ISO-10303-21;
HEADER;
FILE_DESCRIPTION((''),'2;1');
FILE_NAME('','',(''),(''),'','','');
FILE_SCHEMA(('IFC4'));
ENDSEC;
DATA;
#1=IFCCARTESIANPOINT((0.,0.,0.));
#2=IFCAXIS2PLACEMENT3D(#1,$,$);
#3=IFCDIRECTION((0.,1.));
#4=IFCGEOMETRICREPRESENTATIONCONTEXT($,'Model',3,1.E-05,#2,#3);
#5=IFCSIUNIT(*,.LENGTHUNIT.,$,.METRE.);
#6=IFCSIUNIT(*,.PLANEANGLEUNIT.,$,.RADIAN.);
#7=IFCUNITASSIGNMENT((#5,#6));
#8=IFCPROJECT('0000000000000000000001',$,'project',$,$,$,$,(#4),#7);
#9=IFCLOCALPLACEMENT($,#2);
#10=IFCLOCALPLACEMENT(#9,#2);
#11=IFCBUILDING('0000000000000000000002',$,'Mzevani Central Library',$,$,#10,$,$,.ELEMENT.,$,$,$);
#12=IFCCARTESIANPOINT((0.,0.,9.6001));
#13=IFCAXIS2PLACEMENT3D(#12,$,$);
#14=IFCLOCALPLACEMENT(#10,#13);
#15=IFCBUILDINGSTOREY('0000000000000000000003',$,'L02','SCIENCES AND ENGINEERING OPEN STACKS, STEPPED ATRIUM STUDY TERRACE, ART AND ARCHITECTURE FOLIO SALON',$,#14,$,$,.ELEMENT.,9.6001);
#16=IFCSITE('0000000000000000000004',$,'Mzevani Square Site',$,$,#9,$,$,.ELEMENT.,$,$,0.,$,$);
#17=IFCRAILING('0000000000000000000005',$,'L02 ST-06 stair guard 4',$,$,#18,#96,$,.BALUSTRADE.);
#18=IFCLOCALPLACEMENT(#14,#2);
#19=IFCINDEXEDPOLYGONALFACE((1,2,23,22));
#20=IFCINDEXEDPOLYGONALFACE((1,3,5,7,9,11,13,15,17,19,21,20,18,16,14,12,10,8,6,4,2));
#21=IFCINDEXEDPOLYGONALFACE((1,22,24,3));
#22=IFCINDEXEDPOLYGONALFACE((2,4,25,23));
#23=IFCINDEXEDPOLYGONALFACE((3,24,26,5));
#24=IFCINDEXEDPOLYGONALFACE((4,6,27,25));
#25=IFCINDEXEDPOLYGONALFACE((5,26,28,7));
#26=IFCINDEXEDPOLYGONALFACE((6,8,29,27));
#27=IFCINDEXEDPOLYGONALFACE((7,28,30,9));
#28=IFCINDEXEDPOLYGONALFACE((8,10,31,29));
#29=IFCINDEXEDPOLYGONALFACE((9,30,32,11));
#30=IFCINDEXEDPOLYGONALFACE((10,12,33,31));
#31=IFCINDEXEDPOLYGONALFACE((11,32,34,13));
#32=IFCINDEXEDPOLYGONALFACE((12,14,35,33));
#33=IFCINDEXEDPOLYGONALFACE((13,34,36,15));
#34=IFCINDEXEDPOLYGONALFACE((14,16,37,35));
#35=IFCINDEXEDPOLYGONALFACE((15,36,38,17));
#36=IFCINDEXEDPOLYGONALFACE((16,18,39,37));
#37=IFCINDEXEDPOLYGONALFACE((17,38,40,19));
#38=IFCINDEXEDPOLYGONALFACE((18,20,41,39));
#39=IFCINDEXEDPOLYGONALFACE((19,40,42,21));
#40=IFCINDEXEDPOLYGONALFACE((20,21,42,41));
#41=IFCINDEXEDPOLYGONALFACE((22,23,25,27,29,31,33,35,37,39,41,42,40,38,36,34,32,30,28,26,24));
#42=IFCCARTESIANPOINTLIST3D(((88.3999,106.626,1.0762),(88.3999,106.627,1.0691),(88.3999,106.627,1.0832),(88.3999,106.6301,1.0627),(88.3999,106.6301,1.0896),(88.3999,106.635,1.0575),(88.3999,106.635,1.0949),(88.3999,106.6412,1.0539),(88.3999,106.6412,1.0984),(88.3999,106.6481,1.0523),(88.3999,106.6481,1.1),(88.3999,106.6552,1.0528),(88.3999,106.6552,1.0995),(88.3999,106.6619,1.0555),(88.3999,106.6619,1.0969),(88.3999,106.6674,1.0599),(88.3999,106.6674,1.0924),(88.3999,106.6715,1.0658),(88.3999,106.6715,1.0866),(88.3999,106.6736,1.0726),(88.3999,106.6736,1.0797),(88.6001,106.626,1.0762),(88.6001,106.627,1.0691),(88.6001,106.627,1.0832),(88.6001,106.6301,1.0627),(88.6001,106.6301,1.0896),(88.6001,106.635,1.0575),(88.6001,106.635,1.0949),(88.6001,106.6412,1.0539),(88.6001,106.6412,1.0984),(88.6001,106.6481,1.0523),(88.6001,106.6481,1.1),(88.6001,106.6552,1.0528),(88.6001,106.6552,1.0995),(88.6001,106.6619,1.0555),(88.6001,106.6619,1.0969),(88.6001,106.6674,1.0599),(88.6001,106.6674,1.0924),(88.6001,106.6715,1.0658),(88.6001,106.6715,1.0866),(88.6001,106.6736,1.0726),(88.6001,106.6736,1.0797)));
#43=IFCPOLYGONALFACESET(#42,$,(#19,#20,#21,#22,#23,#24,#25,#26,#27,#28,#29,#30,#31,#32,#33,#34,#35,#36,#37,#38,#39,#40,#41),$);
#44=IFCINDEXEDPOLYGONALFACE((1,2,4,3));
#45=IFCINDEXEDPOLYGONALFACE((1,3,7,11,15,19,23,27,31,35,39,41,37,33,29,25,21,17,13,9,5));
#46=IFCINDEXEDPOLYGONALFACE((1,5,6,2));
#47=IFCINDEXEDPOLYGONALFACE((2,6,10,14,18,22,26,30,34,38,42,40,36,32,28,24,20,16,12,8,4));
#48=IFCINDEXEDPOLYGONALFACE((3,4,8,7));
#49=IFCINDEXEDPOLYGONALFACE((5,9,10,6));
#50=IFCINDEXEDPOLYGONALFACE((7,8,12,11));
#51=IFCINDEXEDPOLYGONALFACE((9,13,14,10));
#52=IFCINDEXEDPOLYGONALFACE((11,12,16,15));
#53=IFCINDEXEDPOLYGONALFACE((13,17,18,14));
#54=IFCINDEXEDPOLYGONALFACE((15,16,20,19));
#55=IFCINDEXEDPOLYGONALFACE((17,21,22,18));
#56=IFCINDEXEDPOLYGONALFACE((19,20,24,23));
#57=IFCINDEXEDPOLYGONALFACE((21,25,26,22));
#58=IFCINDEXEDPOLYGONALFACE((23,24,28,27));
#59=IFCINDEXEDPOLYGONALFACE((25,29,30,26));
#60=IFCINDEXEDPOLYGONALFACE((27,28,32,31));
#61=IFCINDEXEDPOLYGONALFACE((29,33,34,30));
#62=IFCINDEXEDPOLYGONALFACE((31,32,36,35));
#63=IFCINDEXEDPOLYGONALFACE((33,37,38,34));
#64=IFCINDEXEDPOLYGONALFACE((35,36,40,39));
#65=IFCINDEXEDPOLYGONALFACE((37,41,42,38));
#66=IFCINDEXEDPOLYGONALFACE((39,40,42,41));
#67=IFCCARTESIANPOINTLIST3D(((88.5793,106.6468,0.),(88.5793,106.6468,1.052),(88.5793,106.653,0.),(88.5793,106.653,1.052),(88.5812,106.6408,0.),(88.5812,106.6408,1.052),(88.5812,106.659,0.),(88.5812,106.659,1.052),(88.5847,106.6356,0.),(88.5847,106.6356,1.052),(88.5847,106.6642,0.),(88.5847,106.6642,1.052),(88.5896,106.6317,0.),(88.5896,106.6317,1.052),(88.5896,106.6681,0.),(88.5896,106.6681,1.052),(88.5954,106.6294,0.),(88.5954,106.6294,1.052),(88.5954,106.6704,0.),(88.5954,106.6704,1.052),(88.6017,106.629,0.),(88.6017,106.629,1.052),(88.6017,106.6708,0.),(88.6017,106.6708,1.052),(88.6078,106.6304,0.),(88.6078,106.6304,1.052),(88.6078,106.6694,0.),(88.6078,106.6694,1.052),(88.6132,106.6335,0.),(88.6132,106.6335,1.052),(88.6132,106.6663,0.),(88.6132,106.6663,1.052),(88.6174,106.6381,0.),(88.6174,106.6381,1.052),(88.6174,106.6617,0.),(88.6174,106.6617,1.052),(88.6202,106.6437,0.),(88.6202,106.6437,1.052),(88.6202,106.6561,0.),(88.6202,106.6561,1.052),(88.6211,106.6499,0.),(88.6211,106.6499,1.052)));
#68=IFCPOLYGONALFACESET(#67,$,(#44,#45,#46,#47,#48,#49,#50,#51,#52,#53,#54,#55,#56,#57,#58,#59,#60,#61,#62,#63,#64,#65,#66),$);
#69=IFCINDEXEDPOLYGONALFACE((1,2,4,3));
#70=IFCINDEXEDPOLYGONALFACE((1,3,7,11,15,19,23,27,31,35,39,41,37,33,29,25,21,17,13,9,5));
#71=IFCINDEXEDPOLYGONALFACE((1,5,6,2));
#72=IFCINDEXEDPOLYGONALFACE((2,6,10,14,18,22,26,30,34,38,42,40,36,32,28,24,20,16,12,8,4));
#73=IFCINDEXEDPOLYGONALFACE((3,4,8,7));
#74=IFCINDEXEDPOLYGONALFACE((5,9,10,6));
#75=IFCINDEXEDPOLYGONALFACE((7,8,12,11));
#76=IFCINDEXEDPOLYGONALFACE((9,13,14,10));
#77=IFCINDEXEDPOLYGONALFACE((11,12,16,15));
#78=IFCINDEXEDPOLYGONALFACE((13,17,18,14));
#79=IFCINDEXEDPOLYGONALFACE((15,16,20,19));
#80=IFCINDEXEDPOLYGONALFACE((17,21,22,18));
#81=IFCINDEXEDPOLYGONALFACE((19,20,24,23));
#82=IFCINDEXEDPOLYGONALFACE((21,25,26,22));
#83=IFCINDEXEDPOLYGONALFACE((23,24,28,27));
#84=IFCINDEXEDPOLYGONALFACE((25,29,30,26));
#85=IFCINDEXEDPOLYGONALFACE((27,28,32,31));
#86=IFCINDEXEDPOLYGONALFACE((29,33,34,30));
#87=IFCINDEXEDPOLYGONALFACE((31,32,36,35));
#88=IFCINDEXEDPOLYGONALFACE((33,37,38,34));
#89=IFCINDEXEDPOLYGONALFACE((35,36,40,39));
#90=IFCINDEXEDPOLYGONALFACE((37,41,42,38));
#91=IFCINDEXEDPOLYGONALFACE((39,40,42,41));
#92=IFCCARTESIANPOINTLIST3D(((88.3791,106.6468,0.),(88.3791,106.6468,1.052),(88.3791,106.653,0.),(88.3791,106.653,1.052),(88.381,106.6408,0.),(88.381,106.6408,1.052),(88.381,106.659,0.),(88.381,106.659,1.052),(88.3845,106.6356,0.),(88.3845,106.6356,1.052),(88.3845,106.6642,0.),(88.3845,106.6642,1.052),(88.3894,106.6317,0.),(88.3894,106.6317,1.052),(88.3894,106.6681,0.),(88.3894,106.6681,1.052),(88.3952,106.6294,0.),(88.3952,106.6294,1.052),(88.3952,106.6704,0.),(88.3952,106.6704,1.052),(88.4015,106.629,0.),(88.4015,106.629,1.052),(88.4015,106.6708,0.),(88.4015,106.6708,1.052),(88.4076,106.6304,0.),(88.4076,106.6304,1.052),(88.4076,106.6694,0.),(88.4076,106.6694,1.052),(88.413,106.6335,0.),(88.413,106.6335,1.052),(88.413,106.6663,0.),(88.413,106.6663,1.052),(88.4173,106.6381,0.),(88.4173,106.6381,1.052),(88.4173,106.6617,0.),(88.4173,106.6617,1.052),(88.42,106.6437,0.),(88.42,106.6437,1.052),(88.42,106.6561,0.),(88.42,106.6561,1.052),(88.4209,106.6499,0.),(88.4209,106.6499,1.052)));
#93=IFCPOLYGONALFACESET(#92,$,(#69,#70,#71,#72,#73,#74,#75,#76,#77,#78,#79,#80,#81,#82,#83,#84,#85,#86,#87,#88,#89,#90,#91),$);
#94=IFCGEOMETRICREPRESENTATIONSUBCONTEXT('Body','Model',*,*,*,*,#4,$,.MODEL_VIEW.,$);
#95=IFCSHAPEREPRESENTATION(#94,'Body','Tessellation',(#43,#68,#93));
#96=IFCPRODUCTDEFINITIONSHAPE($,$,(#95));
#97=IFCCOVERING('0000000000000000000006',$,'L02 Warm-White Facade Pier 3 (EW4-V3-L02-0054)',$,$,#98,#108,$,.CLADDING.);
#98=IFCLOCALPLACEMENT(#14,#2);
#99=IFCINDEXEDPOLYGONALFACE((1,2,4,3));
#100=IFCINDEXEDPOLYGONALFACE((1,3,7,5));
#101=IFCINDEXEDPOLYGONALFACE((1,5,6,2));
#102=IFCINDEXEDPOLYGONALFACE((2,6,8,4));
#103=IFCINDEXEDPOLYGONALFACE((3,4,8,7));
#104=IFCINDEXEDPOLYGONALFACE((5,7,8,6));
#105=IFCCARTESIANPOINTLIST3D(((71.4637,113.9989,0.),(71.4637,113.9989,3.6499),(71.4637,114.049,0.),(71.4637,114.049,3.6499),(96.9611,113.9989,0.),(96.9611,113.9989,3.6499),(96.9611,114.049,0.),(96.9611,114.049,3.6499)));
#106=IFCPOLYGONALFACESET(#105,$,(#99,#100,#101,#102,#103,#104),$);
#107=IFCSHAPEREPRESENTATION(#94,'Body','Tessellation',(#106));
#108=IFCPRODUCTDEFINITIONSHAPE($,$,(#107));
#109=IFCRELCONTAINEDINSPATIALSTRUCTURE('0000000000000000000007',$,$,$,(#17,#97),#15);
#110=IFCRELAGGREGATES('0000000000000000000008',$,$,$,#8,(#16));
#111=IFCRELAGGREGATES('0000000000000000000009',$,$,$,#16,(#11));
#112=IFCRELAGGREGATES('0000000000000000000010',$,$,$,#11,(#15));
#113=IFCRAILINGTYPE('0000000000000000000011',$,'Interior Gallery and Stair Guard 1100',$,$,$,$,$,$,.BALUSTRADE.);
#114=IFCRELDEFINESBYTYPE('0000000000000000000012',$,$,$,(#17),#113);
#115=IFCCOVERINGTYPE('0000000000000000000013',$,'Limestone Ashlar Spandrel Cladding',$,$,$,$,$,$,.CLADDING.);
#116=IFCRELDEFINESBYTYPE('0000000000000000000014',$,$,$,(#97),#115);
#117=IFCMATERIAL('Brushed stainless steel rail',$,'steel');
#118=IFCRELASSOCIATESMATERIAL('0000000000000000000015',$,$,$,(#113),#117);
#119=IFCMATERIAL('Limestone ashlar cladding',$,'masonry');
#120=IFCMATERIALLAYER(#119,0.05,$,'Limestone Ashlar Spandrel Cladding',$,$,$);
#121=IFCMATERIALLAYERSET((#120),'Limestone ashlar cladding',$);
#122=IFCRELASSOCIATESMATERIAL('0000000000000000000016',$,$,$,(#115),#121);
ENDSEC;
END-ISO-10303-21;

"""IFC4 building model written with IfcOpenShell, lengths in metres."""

from ifc_helpers import new_model, si_unit, direction, frame, origin, origin_2d, place, context, subcontext, project, spatial, rectangle, circle, extrude, material, layer, layer_set, type_object, element, save


model = new_model("IFC4")

# Units and contexts
model_context = context("Model", 3, precision=1e-05, world=origin(), true_north=direction((0.0, 1.0)))
body_context = subcontext(model_context, "Body", "Model", "MODEL_VIEW")
ifc_project = project(units=[si_unit("LENGTHUNIT", "METRE"), si_unit("PLANEANGLEUNIT", "RADIAN")], contexts=[model_context])

# Site, building, storey
site_placement = place(None, origin())
site = spatial("IfcSite", under=ifc_project, at=site_placement, Name="Mzevani Square Site", CompositionType="ELEMENT", RefElevation=0.0)
building_placement = place(site_placement, origin())
building = spatial("IfcBuilding", under=site, at=building_placement, Name="Mzevani Central Library", CompositionType="ELEMENT")
storey_placement = place(building_placement, frame((0.0, 0.0, 9.6001)))
storey = spatial("IfcBuildingStorey", under=building, at=storey_placement, Name="L02", Description="SCIENCES AND ENGINEERING OPEN STACKS, STEPPED ATRIUM STUDY TERRACE, ART AND ARCHITECTURE FOLIO SALON", CompositionType="ELEMENT", Elevation=9.6001)

# Railing
ifc_material_1 = material(Name="Brushed stainless steel rail", Category="steel")
railing_type_1 = type_object("IfcRailingType", Name="Interior Gallery and Stair Guard 1100", PredefinedType="BALUSTRADE", material=ifc_material_1)
railing_1_placement = place(storey_placement, frame((88.6001, 106.6499, 0.0)))
element("IfcRailing", 1, at=railing_1_placement, inside=storey, type_object=railing_type_1, Name="L02 ST-06 stair guard 4", PredefinedType="BALUSTRADE", context=body_context, shape_type="SweptSolid", body=[
    extrude(circle(Radius=0.0239, at=origin_2d()), frame((0.0, 0.0, 1.0762), z_axis=(-1.0, 0.0, 0.0), x_axis=(0.0, -1.0, 0.0)), (0.0, 0.0, 1.0), 0.2002),
    extrude(circle(Radius=0.021, at=origin_2d()), origin(), (0.0, 0.0, 1.0), 1.052),
    extrude(circle(Radius=0.021, at=origin_2d()), frame((-0.2002, 0.0, 0.0)), (0.0, 0.0, 1.0), 1.052),
])

# Covering
ifc_material_2 = material(Name="Limestone ashlar cladding", Category="masonry")
ifc_layer_1 = layer(ifc_material_2, 0.05, Name="Limestone Ashlar Spandrel Cladding")
ifc_layer_set_1 = layer_set([ifc_layer_1], Name="Limestone ashlar cladding")
covering_type = type_object("IfcCoveringType", Name="Limestone Ashlar Spandrel Cladding", PredefinedType="CLADDING", material=ifc_layer_set_1)
covering_placement = place(storey_placement, frame((84.2124, 114.0239, 0.0), z_axis=(0.0, 0.0, 1.0), x_axis=(1.0, 0.0, 0.0)))
element("IfcCovering", 2, at=covering_placement, inside=storey, type_object=covering_type, Name="L02 Warm-White Facade Pier 3 (EW4-V3-L02-0054)", PredefinedType="CLADDING", context=body_context, shape_type="SweptSolid", body=[
    extrude(rectangle(XDim=25.4973, YDim=0.05, at=origin_2d()), origin(), (0.0, 0.0, 1.0), 3.6499),
])

save(model, "model.ifc")
